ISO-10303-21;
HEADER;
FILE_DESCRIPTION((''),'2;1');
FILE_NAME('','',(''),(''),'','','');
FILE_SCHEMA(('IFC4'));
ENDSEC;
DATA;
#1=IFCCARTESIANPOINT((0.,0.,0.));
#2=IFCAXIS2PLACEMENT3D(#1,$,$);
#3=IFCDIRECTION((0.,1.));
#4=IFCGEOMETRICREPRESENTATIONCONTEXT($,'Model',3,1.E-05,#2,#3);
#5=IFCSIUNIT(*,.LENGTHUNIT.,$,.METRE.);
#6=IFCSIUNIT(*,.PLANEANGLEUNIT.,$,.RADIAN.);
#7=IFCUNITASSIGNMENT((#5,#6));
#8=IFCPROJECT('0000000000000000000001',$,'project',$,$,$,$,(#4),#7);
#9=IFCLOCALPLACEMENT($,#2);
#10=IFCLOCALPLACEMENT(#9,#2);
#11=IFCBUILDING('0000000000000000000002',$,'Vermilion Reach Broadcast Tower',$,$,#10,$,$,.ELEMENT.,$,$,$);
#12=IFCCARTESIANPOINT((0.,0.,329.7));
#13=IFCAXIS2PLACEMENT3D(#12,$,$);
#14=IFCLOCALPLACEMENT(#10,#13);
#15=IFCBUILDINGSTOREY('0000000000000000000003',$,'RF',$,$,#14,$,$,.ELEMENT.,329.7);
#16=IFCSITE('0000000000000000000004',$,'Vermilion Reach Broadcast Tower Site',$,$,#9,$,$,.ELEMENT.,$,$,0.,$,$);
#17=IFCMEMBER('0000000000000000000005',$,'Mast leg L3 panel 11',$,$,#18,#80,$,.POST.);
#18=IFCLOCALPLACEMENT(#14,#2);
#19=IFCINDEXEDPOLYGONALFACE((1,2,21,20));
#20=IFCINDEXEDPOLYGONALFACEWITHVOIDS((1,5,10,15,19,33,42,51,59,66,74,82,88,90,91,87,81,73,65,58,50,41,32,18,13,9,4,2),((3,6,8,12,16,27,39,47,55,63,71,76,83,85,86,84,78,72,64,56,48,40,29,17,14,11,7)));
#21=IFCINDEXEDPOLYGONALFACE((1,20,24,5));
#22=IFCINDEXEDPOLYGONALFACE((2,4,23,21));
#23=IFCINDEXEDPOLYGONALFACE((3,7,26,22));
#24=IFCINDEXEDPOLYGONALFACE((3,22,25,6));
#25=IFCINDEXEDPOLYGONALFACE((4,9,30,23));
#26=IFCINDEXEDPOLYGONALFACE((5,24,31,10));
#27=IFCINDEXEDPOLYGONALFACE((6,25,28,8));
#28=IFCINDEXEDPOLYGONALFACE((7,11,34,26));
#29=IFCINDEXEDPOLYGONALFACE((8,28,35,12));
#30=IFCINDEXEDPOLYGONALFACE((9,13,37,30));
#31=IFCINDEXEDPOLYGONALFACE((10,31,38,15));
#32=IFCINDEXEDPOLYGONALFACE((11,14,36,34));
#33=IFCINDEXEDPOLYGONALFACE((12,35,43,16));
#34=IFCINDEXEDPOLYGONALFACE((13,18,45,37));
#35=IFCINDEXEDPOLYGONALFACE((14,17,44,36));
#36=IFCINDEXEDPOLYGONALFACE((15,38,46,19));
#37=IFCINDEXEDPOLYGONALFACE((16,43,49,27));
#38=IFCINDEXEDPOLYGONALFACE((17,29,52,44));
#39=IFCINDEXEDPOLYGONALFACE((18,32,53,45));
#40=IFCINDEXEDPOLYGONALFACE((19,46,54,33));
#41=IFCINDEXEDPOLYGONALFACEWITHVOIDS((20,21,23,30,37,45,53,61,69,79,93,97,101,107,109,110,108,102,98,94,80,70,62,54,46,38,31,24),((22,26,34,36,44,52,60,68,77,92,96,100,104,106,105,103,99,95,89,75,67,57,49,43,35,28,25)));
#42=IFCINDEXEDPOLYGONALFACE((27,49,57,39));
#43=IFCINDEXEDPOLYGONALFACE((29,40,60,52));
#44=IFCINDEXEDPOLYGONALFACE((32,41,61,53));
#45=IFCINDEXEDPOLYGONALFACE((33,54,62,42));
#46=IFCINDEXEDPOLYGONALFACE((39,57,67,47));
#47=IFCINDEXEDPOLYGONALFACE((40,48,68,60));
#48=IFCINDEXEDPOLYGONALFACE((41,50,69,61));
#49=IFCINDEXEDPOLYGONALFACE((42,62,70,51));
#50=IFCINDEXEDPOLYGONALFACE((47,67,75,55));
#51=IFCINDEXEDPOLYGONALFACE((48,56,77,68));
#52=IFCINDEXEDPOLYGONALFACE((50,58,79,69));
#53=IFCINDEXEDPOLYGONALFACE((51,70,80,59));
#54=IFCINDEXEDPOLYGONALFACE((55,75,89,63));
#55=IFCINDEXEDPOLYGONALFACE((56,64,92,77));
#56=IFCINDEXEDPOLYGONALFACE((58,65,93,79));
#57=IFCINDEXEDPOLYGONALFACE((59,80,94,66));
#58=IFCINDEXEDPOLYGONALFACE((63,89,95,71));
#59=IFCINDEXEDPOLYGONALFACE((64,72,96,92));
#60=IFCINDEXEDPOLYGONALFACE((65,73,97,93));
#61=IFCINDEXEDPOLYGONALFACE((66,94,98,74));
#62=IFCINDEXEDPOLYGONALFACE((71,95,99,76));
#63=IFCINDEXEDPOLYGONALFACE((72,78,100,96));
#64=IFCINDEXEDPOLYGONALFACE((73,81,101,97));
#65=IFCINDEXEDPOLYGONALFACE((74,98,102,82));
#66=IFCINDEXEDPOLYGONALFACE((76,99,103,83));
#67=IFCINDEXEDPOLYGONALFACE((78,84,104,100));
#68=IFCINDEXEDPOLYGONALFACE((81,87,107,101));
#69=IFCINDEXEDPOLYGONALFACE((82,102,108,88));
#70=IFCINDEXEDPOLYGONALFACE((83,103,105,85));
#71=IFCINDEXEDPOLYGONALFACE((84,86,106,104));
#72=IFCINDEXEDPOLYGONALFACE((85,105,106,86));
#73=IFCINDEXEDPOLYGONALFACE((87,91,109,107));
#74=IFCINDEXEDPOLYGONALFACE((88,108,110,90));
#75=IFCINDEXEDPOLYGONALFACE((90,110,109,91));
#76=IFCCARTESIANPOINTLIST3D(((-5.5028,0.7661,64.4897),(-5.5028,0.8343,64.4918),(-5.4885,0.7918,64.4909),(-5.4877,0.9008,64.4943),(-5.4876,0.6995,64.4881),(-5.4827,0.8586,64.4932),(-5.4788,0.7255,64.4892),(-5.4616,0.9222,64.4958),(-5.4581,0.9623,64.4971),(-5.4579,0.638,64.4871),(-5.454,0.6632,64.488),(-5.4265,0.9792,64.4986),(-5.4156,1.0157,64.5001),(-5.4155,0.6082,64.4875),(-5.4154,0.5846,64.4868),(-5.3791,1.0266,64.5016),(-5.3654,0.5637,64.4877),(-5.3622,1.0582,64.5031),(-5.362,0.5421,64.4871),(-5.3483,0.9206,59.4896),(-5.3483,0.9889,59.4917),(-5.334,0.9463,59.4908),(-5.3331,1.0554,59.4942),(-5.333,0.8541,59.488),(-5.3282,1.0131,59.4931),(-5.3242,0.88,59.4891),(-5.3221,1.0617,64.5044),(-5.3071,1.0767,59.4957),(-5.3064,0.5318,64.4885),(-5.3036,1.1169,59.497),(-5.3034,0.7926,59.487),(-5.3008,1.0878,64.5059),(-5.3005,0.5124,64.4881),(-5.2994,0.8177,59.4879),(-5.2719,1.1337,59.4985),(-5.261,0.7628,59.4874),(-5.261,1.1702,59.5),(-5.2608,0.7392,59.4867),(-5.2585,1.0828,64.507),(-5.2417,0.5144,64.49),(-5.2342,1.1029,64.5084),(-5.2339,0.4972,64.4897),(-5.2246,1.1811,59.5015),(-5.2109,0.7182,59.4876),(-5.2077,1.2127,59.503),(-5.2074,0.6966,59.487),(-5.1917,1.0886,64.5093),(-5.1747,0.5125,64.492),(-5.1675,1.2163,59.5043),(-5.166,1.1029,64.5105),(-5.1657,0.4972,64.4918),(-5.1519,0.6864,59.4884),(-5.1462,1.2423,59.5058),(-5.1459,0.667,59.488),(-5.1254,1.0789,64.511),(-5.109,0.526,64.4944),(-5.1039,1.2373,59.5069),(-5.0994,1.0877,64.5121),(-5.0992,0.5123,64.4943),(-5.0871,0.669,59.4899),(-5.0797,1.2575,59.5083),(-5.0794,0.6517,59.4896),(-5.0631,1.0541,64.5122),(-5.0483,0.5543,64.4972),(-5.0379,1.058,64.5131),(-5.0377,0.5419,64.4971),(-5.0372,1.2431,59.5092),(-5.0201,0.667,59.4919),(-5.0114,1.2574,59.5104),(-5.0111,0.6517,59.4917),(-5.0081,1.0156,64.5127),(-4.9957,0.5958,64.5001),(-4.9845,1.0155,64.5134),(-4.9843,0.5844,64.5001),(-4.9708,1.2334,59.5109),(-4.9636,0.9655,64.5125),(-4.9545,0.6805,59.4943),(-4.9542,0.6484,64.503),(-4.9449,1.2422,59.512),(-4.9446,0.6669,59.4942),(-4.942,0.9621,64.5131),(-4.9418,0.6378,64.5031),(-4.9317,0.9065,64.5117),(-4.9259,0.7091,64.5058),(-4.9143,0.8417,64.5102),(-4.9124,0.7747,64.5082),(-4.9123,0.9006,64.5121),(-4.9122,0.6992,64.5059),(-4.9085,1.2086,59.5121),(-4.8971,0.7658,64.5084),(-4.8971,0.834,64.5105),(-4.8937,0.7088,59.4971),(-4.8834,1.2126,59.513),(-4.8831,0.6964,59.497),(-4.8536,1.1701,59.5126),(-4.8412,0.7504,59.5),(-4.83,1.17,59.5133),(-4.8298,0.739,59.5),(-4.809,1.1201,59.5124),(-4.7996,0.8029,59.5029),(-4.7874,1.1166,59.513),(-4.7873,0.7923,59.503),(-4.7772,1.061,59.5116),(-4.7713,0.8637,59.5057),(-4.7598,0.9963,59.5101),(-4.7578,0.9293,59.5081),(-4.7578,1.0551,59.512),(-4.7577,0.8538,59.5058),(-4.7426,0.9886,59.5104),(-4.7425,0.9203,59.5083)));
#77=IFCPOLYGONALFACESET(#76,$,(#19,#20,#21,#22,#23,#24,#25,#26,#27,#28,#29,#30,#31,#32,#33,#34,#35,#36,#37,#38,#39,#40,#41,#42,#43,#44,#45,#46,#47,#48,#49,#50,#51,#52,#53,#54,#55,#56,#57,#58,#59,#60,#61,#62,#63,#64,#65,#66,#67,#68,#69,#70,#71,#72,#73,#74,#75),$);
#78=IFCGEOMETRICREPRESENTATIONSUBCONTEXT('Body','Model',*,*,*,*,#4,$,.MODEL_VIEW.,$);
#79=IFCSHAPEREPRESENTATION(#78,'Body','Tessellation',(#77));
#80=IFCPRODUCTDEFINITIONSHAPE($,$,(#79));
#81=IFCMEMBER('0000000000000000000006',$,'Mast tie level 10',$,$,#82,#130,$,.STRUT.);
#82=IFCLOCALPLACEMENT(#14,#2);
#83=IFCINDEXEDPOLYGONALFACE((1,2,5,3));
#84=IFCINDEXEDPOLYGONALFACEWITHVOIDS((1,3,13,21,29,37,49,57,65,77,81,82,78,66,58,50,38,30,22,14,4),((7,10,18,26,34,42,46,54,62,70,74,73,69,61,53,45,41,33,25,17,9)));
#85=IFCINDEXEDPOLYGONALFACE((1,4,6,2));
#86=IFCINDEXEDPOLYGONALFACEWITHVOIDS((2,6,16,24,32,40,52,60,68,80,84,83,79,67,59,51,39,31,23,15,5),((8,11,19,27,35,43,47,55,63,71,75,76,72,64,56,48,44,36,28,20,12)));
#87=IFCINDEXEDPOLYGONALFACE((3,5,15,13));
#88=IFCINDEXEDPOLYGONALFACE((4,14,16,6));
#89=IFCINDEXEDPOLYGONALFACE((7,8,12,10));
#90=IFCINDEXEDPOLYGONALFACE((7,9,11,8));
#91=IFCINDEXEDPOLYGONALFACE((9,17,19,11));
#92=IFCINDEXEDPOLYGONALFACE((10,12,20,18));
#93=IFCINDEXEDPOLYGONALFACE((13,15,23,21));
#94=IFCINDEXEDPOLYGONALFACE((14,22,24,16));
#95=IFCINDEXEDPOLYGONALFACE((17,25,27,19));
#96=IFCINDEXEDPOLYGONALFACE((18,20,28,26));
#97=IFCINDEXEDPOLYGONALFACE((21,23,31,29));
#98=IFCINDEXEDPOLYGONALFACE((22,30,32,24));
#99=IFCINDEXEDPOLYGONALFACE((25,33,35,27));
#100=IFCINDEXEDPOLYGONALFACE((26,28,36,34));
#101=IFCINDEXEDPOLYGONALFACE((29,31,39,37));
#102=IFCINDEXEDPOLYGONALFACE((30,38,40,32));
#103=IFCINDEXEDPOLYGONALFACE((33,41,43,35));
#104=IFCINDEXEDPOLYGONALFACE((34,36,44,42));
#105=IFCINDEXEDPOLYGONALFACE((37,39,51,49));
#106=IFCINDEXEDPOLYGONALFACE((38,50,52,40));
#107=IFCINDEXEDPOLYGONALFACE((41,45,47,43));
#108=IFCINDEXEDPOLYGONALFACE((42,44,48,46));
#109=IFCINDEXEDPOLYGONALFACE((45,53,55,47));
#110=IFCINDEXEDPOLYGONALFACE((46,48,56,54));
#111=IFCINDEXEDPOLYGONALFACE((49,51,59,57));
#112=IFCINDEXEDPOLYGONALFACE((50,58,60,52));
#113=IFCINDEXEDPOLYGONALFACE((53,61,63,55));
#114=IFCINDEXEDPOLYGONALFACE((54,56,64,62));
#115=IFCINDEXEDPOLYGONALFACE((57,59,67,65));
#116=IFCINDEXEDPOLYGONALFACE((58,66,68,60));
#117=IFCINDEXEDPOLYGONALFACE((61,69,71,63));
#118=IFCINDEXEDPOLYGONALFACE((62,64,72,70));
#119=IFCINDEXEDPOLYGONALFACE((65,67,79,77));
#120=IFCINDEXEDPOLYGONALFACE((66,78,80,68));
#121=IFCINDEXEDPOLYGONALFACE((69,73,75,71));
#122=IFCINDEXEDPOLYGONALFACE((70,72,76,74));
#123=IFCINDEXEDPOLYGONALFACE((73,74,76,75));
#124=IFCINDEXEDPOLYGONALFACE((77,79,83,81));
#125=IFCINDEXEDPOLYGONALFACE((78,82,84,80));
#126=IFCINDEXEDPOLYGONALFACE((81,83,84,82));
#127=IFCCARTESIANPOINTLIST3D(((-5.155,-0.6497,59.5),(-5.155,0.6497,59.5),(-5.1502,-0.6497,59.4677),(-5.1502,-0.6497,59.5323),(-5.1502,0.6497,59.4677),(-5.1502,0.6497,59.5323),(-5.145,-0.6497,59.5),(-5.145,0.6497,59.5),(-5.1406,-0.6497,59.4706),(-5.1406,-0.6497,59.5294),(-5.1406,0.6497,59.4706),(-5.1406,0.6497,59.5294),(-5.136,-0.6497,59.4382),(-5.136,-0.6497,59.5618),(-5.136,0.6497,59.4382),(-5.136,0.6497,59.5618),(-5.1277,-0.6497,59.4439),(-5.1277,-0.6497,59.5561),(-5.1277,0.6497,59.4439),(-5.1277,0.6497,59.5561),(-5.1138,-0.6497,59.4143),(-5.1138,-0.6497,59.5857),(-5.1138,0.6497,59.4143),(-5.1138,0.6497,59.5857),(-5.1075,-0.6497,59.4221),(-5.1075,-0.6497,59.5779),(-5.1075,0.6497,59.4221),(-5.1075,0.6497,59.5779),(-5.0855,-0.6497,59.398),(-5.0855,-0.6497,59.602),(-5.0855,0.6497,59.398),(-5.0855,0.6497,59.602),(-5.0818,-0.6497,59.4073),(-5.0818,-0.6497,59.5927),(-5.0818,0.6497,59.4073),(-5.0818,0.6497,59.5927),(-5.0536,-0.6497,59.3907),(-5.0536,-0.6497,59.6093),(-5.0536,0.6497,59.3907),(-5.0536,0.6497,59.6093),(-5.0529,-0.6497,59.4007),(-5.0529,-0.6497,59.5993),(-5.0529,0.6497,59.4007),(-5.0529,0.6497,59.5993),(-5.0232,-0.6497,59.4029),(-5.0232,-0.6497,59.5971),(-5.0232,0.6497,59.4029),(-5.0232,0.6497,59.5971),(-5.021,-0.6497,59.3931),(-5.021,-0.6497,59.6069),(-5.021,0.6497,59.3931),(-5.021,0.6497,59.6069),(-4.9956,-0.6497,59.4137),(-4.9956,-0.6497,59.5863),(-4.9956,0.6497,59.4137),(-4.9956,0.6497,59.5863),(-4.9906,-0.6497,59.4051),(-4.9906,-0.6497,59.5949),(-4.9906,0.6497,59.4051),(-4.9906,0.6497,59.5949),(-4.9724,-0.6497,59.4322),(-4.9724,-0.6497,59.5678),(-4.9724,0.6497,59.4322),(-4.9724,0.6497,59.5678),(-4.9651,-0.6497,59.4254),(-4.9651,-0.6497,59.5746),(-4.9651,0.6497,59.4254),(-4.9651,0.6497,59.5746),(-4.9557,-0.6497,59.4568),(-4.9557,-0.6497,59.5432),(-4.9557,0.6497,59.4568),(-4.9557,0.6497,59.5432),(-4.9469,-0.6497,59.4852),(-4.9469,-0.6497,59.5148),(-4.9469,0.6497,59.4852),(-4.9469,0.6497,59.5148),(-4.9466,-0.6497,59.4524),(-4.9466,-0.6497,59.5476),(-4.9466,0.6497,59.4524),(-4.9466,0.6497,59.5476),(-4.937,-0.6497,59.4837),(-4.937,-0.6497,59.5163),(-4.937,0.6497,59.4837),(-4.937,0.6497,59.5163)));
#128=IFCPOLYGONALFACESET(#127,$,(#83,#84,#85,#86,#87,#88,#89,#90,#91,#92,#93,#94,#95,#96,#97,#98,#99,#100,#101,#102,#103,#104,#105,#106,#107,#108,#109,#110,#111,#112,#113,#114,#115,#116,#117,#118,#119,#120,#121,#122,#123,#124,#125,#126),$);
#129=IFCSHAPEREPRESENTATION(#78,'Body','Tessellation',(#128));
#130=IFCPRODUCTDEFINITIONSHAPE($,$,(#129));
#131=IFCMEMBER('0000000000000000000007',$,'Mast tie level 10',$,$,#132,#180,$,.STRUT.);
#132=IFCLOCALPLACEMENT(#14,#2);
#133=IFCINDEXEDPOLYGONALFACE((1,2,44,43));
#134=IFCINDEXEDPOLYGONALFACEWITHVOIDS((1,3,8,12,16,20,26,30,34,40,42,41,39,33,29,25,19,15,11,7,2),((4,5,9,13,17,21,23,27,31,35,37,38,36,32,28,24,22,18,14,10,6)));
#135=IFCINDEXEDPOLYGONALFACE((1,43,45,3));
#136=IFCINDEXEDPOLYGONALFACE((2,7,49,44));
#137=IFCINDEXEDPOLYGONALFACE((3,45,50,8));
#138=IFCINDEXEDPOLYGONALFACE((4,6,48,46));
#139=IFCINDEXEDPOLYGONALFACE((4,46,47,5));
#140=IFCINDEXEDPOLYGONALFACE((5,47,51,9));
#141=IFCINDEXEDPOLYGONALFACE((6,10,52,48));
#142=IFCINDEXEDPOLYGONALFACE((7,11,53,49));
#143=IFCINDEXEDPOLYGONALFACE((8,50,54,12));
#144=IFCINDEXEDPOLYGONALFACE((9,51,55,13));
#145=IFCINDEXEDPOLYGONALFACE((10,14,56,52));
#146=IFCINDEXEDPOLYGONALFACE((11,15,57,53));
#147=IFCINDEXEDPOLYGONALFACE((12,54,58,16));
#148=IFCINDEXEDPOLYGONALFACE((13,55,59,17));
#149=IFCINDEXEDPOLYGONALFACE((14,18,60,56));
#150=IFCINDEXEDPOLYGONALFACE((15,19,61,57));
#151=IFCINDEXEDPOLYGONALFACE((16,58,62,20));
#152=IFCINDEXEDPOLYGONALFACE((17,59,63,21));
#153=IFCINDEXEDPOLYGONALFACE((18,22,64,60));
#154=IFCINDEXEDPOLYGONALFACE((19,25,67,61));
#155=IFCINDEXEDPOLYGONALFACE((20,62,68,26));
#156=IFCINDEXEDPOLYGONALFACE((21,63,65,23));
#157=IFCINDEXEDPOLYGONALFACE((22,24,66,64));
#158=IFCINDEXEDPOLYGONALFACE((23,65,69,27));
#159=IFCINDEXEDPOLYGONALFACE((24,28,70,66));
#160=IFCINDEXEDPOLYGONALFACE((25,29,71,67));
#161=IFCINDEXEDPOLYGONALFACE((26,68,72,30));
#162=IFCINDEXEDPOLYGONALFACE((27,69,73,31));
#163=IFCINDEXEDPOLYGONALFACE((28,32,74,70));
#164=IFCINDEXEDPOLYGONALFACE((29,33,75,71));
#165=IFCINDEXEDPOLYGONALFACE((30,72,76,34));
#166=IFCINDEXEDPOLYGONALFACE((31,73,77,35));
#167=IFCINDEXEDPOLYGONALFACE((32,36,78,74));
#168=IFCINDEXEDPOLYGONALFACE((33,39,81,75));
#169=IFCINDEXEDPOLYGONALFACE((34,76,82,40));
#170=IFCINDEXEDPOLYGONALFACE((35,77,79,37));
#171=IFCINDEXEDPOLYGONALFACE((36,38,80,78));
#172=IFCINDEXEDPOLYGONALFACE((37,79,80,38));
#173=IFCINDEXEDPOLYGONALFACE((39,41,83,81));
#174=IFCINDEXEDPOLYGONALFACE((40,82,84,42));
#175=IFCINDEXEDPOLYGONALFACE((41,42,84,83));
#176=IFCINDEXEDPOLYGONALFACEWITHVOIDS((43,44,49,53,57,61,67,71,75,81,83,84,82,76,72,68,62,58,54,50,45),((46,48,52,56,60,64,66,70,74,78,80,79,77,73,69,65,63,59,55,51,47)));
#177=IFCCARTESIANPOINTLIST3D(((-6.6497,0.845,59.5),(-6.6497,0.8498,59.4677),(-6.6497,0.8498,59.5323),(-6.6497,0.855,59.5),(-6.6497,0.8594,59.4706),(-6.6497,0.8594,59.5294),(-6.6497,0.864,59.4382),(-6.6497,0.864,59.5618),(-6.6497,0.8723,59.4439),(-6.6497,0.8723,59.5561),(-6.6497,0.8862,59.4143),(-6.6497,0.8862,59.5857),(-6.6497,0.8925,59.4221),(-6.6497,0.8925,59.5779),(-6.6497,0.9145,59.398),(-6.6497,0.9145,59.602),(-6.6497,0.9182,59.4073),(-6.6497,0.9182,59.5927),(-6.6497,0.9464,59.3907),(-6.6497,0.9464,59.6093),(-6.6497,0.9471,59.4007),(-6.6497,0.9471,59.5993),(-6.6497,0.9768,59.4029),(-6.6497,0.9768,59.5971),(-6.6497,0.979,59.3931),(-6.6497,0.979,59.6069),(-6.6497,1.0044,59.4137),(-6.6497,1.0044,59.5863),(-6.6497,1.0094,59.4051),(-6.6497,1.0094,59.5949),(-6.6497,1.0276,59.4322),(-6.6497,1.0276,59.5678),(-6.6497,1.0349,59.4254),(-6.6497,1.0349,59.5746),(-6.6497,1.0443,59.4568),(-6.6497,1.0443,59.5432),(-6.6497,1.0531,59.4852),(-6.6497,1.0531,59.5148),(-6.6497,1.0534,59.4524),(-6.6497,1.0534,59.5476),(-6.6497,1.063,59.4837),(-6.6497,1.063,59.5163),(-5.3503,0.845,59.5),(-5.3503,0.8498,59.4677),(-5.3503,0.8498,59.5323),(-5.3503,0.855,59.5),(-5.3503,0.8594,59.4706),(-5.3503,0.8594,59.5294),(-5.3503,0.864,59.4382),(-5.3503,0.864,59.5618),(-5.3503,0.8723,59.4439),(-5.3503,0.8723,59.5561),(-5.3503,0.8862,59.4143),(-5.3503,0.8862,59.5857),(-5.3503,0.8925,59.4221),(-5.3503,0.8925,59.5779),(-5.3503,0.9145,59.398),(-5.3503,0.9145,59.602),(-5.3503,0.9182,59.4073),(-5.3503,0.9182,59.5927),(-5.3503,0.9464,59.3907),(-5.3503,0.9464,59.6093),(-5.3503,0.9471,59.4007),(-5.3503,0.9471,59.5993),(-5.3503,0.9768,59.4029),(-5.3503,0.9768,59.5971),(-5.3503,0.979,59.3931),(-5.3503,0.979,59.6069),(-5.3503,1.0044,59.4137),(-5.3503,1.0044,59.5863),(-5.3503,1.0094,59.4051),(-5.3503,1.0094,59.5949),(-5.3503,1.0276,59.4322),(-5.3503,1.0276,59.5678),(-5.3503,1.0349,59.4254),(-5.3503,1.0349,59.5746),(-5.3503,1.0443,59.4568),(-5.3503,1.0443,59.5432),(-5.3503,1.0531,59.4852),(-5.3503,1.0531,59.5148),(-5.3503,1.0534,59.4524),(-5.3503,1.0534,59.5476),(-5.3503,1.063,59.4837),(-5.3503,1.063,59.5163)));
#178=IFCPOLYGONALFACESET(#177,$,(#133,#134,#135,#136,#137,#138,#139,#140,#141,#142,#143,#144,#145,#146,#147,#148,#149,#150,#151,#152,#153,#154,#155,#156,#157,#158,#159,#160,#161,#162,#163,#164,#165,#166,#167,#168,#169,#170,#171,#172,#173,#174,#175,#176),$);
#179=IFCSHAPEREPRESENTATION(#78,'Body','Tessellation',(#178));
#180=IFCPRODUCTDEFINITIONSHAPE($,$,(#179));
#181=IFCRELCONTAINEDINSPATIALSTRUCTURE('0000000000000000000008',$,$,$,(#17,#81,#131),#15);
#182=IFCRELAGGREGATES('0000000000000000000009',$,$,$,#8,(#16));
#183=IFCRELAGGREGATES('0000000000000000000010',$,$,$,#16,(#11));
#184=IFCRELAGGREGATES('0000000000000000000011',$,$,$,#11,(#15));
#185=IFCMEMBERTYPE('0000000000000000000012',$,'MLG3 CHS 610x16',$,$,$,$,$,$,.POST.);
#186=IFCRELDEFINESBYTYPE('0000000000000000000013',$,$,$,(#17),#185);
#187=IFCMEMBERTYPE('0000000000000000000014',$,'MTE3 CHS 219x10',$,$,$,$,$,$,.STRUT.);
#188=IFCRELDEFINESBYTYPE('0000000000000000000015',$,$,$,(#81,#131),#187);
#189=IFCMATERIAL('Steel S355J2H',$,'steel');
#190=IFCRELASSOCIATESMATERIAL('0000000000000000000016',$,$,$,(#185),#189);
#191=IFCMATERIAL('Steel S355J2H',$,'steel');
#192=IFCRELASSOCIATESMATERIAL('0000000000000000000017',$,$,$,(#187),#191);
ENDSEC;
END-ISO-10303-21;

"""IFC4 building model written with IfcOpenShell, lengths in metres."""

from ifc_helpers import new_model, si_unit, direction, frame, origin, origin_2d, place, context, subcontext, project, spatial, hollow_circle, extrude, material, material_profile, profile_set, type_object, element, save


model = new_model("IFC4")

# Units and contexts
model_context = context("Model", 3, precision=1e-05, world=origin(), true_north=direction((0.0, 1.0)))
body_context = subcontext(model_context, "Body", "Model", "MODEL_VIEW")
ifc_project = project(units=[si_unit("LENGTHUNIT", "METRE"), si_unit("PLANEANGLEUNIT", "RADIAN")], contexts=[model_context])

# Site, building, storey
site_placement = place(None, origin())
site = spatial("IfcSite", under=ifc_project, at=site_placement, Name="Vermilion Reach Broadcast Tower Site", CompositionType="ELEMENT", RefElevation=0.0)
building_placement = place(site_placement, origin())
building = spatial("IfcBuilding", under=site, at=building_placement, Name="Vermilion Reach Broadcast Tower", CompositionType="ELEMENT")
storey_placement = place(building_placement, frame((0.0, 0.0, 329.7)))
storey = spatial("IfcBuildingStorey", under=building, at=storey_placement, Name="RF", CompositionType="ELEMENT", Elevation=329.7)

# Members
ifc_material_1 = material(Name="Steel S355J2H", Category="steel")
ifc_material_profile_1 = material_profile(ifc_material_1, hollow_circle(Radius=0.3049, WallThickness=0.0161, at=origin_2d()), Name="S355J2H CHS 610x16")
ifc_profile_set_1 = profile_set([ifc_material_profile_1], Name="Steel S355J2H")
member_type_1 = type_object("IfcMemberType", Name="MLG3 CHS 610x16", PredefinedType="POST", material=ifc_profile_set_1)
for number, where, z_axis, x_axis, name in (
    (1, (-5.0454, 0.9546, 59.5), (-0.030879, -0.030879, 0.999046), (0.707107, -0.707107, 0.0), "Mast leg L3 panel 11"),
):
    element("IfcMember", number, at=place(storey_placement, frame(where, z_axis=z_axis, x_axis=x_axis)), inside=storey, type_object=member_type_1, Name=name, PredefinedType="POST", context=body_context, shape_type="SweptSolid", body=[
        extrude(hollow_circle(Radius=0.3049, WallThickness=0.0161, at=origin_2d()), origin(), (0.0, 0.0, 1.0), 5.0049),
    ])
ifc_material_2 = material(Name="Steel S355J2H", Category="steel")
ifc_material_profile_2 = material_profile(ifc_material_2, hollow_circle(Radius=0.1096, WallThickness=0.01, at=origin_2d()), Name="S355J2H CHS 219x10")
ifc_profile_set_2 = profile_set([ifc_material_profile_2], Name="Steel S355J2H")
member_type_2 = type_object("IfcMemberType", Name="MTE3 CHS 219x10", PredefinedType="STRUT", material=ifc_profile_set_2)
for number, where, z_axis, x_axis, name in (
    (2, (-5.0454, -0.6497, 59.5), (0.0, 1.0, 0.0), (-1.0, 0.0, 0.0), "Mast tie level 10"),
    (3, (-5.3503, 0.9546, 59.5), (-1.0, 0.0, 0.0), (0.0, -1.0, 0.0), "Mast tie level 10"),
):
    element("IfcMember", number, at=place(storey_placement, frame(where, z_axis=z_axis, x_axis=x_axis)), inside=storey, type_object=member_type_2, Name=name, PredefinedType="STRUT", context=body_context, shape_type="SweptSolid", body=[
        extrude(hollow_circle(Radius=0.1096, WallThickness=0.01, at=origin_2d()), origin(), (0.0, 0.0, 1.0), 1.2993),
    ])

save(model, "model.ifc")
